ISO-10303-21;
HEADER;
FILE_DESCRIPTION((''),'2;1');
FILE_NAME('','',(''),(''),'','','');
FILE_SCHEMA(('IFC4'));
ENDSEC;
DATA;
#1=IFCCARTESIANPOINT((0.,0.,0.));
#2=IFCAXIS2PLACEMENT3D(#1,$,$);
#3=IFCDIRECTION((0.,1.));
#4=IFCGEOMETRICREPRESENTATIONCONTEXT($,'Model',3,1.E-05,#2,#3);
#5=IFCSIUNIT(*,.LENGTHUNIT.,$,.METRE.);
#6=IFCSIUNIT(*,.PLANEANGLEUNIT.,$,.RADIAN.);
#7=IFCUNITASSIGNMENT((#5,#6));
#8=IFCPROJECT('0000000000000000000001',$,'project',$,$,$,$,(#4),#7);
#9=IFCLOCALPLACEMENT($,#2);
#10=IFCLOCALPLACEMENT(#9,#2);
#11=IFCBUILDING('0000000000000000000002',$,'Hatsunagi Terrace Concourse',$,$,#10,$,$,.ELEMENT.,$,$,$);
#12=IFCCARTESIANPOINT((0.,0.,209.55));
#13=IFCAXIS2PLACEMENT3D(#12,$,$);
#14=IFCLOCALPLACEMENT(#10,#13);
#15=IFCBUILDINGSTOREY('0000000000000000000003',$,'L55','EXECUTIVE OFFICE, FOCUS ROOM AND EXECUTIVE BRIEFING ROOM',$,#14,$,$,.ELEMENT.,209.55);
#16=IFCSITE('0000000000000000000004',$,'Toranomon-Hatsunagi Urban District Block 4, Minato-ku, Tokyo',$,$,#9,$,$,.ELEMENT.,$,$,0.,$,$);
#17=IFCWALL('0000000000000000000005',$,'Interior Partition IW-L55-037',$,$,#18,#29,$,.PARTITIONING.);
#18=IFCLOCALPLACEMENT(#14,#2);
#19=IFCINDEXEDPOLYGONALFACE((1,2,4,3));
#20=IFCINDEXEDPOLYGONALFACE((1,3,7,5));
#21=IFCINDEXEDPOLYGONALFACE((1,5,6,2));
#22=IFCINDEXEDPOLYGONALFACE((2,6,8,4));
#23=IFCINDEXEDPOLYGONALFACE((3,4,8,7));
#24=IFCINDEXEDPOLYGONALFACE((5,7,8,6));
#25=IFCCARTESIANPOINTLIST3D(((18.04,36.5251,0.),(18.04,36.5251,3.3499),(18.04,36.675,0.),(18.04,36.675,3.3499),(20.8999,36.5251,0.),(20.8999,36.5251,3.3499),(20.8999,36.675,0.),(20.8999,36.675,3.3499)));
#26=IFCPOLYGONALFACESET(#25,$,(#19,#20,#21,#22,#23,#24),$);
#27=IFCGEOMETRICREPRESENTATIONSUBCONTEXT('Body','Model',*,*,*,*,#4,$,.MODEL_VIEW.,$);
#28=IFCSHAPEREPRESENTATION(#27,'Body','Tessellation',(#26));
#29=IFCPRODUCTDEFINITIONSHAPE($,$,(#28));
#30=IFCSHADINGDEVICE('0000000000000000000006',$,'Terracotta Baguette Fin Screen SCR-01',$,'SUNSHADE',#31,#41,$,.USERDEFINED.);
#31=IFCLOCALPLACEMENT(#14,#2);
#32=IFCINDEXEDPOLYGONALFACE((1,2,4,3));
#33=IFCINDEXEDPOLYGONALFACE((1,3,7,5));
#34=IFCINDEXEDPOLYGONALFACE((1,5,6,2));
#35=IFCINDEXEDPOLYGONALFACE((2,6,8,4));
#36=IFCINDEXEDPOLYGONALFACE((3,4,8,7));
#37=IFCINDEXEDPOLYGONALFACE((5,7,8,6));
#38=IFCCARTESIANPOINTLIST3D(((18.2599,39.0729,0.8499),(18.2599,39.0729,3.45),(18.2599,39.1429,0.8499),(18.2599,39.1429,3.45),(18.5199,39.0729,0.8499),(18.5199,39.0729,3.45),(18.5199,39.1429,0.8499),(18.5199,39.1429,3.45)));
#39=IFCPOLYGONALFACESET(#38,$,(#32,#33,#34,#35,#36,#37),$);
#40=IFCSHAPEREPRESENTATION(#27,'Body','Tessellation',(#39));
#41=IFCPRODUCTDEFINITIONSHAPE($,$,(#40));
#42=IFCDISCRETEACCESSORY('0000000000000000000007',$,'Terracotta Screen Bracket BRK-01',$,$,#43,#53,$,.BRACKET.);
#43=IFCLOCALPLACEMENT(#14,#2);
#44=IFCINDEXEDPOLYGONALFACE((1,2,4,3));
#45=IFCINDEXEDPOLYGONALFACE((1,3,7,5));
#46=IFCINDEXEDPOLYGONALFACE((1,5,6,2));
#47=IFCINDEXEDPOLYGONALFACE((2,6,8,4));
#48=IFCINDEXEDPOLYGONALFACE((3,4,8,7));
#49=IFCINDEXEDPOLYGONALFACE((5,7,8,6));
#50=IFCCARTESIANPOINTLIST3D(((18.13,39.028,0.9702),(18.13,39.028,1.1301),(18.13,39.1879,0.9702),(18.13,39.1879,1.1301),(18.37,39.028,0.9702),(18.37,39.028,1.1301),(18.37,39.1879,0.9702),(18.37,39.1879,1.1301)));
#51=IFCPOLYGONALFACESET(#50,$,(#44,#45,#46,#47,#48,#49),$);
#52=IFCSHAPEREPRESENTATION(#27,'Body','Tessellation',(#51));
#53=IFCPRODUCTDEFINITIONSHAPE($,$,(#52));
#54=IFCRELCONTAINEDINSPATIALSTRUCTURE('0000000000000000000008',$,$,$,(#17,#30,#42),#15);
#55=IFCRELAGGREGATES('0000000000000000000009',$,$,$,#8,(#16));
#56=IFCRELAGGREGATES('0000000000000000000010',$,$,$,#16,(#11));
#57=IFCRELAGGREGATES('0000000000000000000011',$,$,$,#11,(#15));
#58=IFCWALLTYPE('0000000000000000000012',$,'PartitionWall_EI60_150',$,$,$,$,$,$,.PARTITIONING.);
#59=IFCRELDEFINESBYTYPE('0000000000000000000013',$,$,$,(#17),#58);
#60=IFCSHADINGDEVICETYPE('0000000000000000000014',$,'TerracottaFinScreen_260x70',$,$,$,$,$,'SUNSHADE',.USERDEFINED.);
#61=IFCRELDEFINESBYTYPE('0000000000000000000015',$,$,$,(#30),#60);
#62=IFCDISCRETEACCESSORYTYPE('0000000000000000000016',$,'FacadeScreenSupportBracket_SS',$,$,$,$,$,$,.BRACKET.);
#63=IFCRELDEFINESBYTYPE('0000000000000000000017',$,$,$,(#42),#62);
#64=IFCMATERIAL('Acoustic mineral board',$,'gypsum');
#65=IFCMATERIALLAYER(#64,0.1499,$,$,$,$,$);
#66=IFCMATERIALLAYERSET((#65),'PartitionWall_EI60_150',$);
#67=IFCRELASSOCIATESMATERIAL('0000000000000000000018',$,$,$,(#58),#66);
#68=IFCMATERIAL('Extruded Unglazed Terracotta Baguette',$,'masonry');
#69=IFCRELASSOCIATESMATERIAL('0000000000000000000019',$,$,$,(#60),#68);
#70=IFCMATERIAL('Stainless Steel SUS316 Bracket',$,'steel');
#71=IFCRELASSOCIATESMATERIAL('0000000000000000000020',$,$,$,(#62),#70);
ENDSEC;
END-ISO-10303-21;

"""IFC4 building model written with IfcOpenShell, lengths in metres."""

from ifc_helpers import new_model, si_unit, direction, frame, frame_2d, origin, origin_2d, place, context, subcontext, project, spatial, rectangle, extrude, material, layer, layer_set, type_object, element, save


model = new_model("IFC4")

# Units and contexts
model_context = context("Model", 3, precision=1e-05, world=origin(), true_north=direction((0.0, 1.0)))
body_context = subcontext(model_context, "Body", "Model", "MODEL_VIEW")
ifc_project = project(units=[si_unit("LENGTHUNIT", "METRE"), si_unit("PLANEANGLEUNIT", "RADIAN")], contexts=[model_context])

# Site, building, storey
site_placement = place(None, origin())
site = spatial("IfcSite", under=ifc_project, at=site_placement, Name="Toranomon-Hatsunagi Urban District Block 4, Minato-ku, Tokyo", CompositionType="ELEMENT", RefElevation=0.0)
building_placement = place(site_placement, origin())
building = spatial("IfcBuilding", under=site, at=building_placement, Name="Hatsunagi Terrace Concourse", CompositionType="ELEMENT")
storey_placement = place(building_placement, frame((0.0, 0.0, 209.55)))
storey = spatial("IfcBuildingStorey", under=building, at=storey_placement, Name="L55", Description="EXECUTIVE OFFICE, FOCUS ROOM AND EXECUTIVE BRIEFING ROOM", CompositionType="ELEMENT", Elevation=209.55)

# Wall
ifc_material_1 = material(Name="Acoustic mineral board", Category="gypsum")
ifc_layer_1 = layer(ifc_material_1, 0.1499)
ifc_layer_set_1 = layer_set([ifc_layer_1], Name="PartitionWall_EI60_150")
wall_type = type_object("IfcWallType", Name="PartitionWall_EI60_150", PredefinedType="PARTITIONING", material=ifc_layer_set_1)
wall_placement = place(storey_placement, frame((18.04, 36.6001, 0.0), z_axis=(0.0, 0.0, 1.0), x_axis=(1.0, 0.0, 0.0)))
element("IfcWall", 1, at=wall_placement, inside=storey, type_object=wall_type, Name="Interior Partition IW-L55-037", PredefinedType="PARTITIONING", context=body_context, shape_type="SweptSolid", body=[
    extrude(rectangle(XDim=2.8599, YDim=0.1499, at=frame_2d((1.4299, 0.0))), origin(), (0.0, 0.0, 1.0), 3.3499),
])

# Shading device
ifc_material_2 = material(Name="Extruded Unglazed Terracotta Baguette", Category="masonry")
shading_device_type = type_object("IfcShadingDeviceType", Name="TerracottaFinScreen_260x70", ElementType="SUNSHADE", PredefinedType="USERDEFINED", material=ifc_material_2)
shading_device_placement = place(storey_placement, frame((18.3899, 39.1079, 0.8499), z_axis=(0.0, 0.0, 1.0), x_axis=(0.0, 1.0, 0.0)))
element("IfcShadingDevice", 2, at=shading_device_placement, inside=storey, type_object=shading_device_type, Name="Terracotta Baguette Fin Screen SCR-01", ObjectType="SUNSHADE", PredefinedType="USERDEFINED", context=body_context, shape_type="SweptSolid", body=[
    extrude(rectangle(XDim=0.0701, YDim=0.26, at=origin_2d()), origin(), (0.0, 0.0, 1.0), 2.6001),
])

# Discrete accessory
ifc_material_3 = material(Name="Stainless Steel SUS316 Bracket", Category="steel")
discrete_accessory_type = type_object("IfcDiscreteAccessoryType", Name="FacadeScreenSupportBracket_SS", PredefinedType="BRACKET", material=ifc_material_3)
discrete_accessory_placement = place(storey_placement, frame((18.25, 39.1079, 0.9702), z_axis=(0.0, 0.0, 1.0), x_axis=(0.0, 1.0, 0.0)))
element("IfcDiscreteAccessory", 3, at=discrete_accessory_placement, inside=storey, type_object=discrete_accessory_type, Name="Terracotta Screen Bracket BRK-01", PredefinedType="BRACKET", context=body_context, shape_type="SweptSolid", body=[
    extrude(rectangle(XDim=0.1599, YDim=0.24, at=origin_2d()), origin(), (0.0, 0.0, 1.0), 0.1599),
])

save(model, "model.ifc")
